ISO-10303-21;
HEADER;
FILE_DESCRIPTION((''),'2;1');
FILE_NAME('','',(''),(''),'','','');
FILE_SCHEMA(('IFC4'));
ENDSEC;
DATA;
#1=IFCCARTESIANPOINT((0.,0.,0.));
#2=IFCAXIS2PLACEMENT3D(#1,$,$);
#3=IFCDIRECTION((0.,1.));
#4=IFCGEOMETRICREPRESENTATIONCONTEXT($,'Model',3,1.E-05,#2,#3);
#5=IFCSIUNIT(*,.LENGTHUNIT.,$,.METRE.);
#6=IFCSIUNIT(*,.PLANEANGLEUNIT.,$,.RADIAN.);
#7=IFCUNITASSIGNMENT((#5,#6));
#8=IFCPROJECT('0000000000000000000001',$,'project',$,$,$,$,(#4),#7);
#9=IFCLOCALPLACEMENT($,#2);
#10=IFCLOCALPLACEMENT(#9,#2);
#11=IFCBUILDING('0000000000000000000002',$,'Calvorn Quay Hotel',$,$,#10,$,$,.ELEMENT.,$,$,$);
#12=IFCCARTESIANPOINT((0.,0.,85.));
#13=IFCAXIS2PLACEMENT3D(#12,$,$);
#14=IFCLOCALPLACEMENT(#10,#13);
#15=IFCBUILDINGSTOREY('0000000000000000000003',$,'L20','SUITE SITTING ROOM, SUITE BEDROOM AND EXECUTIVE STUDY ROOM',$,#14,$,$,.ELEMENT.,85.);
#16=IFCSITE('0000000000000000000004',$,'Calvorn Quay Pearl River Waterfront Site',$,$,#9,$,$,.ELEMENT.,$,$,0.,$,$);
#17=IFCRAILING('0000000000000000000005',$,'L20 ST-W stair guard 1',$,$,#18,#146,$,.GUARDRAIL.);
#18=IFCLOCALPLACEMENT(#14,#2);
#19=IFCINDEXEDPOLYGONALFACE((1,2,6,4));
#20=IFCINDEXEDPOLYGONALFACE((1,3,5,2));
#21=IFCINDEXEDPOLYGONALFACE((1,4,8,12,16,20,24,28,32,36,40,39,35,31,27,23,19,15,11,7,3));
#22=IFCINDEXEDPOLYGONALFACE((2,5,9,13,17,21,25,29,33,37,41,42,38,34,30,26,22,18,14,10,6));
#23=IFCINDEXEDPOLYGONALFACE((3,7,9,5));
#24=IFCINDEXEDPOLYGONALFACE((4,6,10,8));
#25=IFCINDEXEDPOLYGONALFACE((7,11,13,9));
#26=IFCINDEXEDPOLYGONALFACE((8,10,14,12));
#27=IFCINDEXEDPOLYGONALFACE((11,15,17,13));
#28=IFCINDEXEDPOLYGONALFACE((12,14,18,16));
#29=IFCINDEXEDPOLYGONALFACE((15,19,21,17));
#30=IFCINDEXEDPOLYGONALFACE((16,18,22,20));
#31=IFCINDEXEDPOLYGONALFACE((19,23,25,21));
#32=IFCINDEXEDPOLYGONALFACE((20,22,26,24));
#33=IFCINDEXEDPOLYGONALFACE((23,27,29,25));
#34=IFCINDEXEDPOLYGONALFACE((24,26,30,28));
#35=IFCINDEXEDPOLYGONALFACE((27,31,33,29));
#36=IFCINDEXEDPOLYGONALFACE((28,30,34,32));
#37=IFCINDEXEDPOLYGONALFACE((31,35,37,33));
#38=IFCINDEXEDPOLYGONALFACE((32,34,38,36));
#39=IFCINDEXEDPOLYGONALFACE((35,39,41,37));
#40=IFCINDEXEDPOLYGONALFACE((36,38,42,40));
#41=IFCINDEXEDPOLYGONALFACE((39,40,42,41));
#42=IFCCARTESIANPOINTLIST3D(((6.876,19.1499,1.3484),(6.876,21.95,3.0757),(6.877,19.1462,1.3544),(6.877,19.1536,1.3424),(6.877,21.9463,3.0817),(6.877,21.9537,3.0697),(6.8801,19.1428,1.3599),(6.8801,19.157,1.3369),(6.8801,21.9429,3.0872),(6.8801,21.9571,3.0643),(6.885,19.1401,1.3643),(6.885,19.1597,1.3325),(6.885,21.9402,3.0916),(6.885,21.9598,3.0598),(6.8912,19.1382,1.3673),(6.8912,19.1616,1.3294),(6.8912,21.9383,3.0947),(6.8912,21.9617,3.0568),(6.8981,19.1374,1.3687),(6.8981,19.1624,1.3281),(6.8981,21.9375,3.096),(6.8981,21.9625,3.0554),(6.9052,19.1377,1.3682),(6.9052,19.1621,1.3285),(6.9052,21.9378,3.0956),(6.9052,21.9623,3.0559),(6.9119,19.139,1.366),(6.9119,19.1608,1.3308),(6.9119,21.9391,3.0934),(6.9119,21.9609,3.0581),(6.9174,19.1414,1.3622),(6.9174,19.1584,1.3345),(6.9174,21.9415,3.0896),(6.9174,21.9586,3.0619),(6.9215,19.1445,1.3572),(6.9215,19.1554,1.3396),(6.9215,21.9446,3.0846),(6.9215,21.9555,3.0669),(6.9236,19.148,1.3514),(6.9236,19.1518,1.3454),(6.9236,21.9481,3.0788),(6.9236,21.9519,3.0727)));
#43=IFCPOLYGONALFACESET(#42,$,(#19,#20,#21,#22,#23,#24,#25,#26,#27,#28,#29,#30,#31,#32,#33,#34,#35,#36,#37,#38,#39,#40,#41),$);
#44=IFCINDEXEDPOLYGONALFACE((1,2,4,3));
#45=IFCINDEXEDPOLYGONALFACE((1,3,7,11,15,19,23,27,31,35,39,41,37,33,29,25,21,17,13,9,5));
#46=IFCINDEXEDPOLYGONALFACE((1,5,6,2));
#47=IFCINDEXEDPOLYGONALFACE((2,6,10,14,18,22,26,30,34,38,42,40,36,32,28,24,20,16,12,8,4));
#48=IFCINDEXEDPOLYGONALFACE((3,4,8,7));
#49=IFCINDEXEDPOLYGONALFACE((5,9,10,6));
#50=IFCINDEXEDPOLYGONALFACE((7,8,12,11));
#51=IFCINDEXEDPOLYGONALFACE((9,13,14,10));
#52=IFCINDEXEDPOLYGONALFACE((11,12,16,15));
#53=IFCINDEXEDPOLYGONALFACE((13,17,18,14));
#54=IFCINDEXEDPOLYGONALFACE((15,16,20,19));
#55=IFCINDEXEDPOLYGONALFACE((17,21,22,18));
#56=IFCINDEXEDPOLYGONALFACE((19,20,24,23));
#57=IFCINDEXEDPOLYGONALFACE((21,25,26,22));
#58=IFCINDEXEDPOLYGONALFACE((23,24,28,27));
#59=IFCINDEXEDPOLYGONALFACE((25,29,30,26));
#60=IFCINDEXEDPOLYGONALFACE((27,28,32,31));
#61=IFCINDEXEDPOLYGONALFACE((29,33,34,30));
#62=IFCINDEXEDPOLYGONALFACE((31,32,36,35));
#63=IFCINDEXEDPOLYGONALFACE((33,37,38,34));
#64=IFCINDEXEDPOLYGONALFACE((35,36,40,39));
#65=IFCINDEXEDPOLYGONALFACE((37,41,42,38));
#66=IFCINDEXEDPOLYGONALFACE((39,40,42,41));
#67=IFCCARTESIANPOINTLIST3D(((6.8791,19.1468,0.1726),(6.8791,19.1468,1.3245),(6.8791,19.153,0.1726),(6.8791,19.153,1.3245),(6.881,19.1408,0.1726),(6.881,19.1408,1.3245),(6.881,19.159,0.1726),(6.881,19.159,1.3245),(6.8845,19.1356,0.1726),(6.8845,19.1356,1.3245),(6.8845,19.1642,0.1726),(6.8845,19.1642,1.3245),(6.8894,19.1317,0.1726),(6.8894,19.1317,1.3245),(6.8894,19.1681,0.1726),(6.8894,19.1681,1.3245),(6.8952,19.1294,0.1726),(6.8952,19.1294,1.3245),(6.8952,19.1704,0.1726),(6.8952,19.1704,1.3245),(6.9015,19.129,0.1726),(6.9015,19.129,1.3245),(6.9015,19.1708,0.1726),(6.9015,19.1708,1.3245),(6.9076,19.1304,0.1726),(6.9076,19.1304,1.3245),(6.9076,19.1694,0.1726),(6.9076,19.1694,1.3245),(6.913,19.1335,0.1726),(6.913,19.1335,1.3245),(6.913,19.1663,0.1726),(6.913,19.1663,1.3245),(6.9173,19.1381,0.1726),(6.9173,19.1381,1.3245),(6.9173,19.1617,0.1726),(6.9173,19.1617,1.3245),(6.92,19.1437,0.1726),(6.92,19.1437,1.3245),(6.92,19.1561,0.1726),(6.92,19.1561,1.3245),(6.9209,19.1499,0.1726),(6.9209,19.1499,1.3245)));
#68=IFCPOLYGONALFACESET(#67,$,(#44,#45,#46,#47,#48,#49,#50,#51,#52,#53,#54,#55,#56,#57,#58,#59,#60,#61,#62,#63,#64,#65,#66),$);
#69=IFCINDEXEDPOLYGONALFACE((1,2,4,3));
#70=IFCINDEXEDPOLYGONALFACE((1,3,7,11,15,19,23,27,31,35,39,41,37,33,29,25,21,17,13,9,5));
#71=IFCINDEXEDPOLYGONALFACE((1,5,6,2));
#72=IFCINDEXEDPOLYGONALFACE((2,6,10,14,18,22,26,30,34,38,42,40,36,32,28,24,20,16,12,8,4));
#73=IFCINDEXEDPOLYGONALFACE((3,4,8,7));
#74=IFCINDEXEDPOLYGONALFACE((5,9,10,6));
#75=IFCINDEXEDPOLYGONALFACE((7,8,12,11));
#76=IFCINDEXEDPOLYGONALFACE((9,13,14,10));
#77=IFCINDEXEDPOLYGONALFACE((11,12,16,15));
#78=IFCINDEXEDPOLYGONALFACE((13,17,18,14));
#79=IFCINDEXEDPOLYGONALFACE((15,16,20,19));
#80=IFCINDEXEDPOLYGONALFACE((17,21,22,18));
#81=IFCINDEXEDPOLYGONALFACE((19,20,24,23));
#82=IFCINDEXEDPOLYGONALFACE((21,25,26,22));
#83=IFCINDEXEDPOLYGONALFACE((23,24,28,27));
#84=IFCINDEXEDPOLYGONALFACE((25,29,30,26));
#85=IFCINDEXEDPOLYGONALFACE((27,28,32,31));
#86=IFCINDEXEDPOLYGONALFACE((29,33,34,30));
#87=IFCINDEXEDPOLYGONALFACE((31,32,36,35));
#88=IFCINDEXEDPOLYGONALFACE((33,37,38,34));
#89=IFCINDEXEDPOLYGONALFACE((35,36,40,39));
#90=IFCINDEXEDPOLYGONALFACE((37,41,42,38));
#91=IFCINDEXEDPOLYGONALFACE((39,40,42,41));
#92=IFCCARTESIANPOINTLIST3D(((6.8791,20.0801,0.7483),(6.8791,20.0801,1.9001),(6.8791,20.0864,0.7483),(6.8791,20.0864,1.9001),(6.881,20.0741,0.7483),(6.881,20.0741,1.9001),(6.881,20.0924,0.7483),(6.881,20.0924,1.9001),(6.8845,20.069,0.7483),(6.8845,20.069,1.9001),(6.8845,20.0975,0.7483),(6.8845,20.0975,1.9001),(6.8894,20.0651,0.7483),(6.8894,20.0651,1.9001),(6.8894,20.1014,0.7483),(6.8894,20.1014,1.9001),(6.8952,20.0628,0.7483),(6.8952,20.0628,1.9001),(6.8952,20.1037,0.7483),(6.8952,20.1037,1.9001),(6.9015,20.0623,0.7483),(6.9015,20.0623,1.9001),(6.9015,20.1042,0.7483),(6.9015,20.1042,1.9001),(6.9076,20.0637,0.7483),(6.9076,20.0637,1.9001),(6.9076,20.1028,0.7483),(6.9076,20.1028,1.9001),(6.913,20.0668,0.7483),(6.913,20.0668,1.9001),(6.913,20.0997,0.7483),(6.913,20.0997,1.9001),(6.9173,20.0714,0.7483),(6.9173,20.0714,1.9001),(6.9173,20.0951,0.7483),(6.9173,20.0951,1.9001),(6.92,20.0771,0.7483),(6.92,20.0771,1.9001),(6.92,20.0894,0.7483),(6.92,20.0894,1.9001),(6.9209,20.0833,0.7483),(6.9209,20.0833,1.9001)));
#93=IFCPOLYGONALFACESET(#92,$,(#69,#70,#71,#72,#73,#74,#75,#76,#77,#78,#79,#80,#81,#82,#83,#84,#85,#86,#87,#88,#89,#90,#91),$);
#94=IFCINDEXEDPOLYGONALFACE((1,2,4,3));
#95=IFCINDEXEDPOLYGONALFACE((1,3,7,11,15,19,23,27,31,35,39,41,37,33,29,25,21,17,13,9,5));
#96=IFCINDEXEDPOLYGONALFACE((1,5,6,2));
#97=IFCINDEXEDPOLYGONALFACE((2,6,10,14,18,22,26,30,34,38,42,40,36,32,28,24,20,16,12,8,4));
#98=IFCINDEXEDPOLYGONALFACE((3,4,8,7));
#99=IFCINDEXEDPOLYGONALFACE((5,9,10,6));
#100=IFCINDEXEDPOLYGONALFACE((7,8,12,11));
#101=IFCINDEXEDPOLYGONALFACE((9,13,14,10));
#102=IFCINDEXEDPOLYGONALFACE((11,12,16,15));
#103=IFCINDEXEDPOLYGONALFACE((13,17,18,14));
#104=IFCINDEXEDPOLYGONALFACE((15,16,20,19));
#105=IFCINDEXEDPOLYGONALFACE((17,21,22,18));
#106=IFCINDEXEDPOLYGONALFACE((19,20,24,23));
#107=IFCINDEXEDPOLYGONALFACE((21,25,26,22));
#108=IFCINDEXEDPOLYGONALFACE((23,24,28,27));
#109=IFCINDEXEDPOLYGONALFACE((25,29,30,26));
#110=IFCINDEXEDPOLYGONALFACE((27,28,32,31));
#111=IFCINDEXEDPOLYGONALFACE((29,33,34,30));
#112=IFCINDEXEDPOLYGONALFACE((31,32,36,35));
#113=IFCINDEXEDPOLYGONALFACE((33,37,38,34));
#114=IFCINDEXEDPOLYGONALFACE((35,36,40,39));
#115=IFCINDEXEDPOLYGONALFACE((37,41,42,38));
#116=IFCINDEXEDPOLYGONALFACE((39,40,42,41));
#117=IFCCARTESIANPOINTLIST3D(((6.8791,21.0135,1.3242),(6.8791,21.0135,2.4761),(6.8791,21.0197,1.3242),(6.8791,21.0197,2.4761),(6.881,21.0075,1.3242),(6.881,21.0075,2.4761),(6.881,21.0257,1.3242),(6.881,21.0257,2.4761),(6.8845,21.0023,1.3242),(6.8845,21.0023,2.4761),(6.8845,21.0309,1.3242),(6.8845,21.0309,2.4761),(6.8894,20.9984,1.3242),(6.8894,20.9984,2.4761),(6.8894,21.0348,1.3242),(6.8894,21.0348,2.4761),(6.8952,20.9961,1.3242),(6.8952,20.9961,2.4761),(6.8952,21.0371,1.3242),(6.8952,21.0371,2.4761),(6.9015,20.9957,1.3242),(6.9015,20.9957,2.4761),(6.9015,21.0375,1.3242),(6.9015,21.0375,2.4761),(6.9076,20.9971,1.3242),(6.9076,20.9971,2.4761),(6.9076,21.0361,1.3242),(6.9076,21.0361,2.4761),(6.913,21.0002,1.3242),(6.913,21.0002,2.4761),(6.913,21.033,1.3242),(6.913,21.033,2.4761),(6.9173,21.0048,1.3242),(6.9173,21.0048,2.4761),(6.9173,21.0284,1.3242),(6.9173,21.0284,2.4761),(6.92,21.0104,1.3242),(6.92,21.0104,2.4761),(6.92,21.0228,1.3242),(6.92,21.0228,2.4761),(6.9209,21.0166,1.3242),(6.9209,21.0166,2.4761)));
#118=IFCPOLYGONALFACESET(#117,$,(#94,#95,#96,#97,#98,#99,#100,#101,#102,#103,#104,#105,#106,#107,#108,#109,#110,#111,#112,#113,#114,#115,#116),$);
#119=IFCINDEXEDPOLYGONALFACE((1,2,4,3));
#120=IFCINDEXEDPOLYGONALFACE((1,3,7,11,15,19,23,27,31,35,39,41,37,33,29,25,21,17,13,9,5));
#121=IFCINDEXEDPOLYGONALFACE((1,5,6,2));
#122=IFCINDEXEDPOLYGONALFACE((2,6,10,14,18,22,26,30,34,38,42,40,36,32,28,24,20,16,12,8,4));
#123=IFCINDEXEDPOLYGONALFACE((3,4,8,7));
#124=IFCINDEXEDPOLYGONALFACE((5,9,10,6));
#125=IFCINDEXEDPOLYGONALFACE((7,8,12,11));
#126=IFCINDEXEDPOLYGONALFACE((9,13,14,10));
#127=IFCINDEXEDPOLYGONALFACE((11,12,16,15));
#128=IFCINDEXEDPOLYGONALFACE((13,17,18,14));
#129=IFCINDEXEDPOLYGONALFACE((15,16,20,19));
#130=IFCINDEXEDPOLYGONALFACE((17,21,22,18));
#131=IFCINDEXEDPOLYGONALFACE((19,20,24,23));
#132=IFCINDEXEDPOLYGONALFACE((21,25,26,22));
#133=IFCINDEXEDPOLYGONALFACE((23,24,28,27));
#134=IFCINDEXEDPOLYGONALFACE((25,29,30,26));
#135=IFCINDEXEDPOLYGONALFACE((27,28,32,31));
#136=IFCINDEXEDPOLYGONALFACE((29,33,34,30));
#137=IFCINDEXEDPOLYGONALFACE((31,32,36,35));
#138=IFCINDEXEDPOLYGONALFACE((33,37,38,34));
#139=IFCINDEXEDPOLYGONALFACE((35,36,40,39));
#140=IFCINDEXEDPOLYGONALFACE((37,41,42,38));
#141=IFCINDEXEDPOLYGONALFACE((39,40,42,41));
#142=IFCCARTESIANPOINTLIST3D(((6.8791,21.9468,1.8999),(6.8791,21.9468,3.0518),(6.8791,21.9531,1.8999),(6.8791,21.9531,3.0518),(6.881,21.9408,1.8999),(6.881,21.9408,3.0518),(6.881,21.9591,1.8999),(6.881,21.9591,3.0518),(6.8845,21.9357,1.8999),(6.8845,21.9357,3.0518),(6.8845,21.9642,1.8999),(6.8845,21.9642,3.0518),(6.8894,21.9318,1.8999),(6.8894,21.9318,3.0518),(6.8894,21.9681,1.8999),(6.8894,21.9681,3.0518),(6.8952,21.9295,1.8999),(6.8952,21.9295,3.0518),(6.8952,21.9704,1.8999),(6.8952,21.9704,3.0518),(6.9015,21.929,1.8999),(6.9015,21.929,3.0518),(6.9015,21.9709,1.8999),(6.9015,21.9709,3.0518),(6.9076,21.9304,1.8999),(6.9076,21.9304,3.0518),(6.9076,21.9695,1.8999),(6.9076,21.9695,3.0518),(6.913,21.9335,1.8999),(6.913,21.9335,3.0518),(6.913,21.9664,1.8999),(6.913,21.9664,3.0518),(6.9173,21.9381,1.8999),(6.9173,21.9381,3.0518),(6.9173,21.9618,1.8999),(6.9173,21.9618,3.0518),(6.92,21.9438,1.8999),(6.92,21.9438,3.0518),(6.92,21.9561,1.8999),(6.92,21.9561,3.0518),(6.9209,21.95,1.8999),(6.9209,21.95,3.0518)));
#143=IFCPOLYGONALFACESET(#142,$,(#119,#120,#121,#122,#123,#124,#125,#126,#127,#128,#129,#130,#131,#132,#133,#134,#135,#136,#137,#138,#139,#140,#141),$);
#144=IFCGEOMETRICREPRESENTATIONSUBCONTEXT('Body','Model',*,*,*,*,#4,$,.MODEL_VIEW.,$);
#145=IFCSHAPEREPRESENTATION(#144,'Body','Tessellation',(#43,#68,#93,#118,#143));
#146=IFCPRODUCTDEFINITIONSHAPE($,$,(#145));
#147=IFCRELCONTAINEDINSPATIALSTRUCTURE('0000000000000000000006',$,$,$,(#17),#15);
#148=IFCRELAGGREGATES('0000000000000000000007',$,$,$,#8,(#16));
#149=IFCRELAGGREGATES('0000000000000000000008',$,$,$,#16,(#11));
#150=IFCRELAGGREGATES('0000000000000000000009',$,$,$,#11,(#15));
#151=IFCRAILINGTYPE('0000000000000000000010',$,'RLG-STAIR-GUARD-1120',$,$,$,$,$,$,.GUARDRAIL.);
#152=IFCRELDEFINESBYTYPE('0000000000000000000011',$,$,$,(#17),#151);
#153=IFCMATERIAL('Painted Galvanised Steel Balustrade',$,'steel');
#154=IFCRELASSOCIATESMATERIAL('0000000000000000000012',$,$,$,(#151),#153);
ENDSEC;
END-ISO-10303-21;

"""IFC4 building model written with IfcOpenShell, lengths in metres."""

from ifc_helpers import new_model, si_unit, direction, frame, origin, origin_2d, place, context, subcontext, project, spatial, circle, extrude, material, type_object, element, save


model = new_model("IFC4")

# Units and contexts
model_context = context("Model", 3, precision=1e-05, world=origin(), true_north=direction((0.0, 1.0)))
body_context = subcontext(model_context, "Body", "Model", "MODEL_VIEW")
ifc_project = project(units=[si_unit("LENGTHUNIT", "METRE"), si_unit("PLANEANGLEUNIT", "RADIAN")], contexts=[model_context])

# Site, building, storey
site_placement = place(None, origin())
site = spatial("IfcSite", under=ifc_project, at=site_placement, Name="Calvorn Quay Pearl River Waterfront Site", CompositionType="ELEMENT", RefElevation=0.0)
building_placement = place(site_placement, origin())
building = spatial("IfcBuilding", under=site, at=building_placement, Name="Calvorn Quay Hotel", CompositionType="ELEMENT")
storey_placement = place(building_placement, frame((0.0, 0.0, 85.0)))
storey = spatial("IfcBuildingStorey", under=building, at=storey_placement, Name="L20", Description="SUITE SITTING ROOM, SUITE BEDROOM AND EXECUTIVE STUDY ROOM", CompositionType="ELEMENT", Elevation=85.0)

# Railing
ifc_material_1 = material(Name="Painted Galvanised Steel Balustrade", Category="steel")
railing_type_1 = type_object("IfcRailingType", Name="RLG-STAIR-GUARD-1120", PredefinedType="GUARDRAIL", material=ifc_material_1)
railing_1_placement = place(storey_placement, frame((6.8999, 19.1499, 0.1726)))
element("IfcRailing", 1, at=railing_1_placement, inside=storey, type_object=railing_type_1, Name="L20 ST-W stair guard 1", PredefinedType="GUARDRAIL", context=body_context, shape_type="SweptSolid", body=[
    extrude(circle(Radius=0.0239, at=origin_2d()), frame((0.0, 0.0, 1.1758), z_axis=(0.0, 0.85109, 0.52502), x_axis=(-1.0, 0.0, 0.0)), (0.0, 0.0, 1.0), 3.29),
    extrude(circle(Radius=0.021, at=origin_2d()), origin(), (0.0, 0.0, 1.0), 1.1519),
    extrude(circle(Radius=0.021, at=origin_2d()), frame((0.0, 0.9333, 0.5757)), (0.0, 0.0, 1.0), 1.1519),
    extrude(circle(Radius=0.021, at=origin_2d()), frame((0.0, 1.8667, 1.1516)), (0.0, 0.0, 1.0), 1.1519),
    extrude(circle(Radius=0.021, at=origin_2d()), frame((0.0, 2.8, 1.7273)), (0.0, 0.0, 1.0), 1.1519),
])

save(model, "model.ifc")
